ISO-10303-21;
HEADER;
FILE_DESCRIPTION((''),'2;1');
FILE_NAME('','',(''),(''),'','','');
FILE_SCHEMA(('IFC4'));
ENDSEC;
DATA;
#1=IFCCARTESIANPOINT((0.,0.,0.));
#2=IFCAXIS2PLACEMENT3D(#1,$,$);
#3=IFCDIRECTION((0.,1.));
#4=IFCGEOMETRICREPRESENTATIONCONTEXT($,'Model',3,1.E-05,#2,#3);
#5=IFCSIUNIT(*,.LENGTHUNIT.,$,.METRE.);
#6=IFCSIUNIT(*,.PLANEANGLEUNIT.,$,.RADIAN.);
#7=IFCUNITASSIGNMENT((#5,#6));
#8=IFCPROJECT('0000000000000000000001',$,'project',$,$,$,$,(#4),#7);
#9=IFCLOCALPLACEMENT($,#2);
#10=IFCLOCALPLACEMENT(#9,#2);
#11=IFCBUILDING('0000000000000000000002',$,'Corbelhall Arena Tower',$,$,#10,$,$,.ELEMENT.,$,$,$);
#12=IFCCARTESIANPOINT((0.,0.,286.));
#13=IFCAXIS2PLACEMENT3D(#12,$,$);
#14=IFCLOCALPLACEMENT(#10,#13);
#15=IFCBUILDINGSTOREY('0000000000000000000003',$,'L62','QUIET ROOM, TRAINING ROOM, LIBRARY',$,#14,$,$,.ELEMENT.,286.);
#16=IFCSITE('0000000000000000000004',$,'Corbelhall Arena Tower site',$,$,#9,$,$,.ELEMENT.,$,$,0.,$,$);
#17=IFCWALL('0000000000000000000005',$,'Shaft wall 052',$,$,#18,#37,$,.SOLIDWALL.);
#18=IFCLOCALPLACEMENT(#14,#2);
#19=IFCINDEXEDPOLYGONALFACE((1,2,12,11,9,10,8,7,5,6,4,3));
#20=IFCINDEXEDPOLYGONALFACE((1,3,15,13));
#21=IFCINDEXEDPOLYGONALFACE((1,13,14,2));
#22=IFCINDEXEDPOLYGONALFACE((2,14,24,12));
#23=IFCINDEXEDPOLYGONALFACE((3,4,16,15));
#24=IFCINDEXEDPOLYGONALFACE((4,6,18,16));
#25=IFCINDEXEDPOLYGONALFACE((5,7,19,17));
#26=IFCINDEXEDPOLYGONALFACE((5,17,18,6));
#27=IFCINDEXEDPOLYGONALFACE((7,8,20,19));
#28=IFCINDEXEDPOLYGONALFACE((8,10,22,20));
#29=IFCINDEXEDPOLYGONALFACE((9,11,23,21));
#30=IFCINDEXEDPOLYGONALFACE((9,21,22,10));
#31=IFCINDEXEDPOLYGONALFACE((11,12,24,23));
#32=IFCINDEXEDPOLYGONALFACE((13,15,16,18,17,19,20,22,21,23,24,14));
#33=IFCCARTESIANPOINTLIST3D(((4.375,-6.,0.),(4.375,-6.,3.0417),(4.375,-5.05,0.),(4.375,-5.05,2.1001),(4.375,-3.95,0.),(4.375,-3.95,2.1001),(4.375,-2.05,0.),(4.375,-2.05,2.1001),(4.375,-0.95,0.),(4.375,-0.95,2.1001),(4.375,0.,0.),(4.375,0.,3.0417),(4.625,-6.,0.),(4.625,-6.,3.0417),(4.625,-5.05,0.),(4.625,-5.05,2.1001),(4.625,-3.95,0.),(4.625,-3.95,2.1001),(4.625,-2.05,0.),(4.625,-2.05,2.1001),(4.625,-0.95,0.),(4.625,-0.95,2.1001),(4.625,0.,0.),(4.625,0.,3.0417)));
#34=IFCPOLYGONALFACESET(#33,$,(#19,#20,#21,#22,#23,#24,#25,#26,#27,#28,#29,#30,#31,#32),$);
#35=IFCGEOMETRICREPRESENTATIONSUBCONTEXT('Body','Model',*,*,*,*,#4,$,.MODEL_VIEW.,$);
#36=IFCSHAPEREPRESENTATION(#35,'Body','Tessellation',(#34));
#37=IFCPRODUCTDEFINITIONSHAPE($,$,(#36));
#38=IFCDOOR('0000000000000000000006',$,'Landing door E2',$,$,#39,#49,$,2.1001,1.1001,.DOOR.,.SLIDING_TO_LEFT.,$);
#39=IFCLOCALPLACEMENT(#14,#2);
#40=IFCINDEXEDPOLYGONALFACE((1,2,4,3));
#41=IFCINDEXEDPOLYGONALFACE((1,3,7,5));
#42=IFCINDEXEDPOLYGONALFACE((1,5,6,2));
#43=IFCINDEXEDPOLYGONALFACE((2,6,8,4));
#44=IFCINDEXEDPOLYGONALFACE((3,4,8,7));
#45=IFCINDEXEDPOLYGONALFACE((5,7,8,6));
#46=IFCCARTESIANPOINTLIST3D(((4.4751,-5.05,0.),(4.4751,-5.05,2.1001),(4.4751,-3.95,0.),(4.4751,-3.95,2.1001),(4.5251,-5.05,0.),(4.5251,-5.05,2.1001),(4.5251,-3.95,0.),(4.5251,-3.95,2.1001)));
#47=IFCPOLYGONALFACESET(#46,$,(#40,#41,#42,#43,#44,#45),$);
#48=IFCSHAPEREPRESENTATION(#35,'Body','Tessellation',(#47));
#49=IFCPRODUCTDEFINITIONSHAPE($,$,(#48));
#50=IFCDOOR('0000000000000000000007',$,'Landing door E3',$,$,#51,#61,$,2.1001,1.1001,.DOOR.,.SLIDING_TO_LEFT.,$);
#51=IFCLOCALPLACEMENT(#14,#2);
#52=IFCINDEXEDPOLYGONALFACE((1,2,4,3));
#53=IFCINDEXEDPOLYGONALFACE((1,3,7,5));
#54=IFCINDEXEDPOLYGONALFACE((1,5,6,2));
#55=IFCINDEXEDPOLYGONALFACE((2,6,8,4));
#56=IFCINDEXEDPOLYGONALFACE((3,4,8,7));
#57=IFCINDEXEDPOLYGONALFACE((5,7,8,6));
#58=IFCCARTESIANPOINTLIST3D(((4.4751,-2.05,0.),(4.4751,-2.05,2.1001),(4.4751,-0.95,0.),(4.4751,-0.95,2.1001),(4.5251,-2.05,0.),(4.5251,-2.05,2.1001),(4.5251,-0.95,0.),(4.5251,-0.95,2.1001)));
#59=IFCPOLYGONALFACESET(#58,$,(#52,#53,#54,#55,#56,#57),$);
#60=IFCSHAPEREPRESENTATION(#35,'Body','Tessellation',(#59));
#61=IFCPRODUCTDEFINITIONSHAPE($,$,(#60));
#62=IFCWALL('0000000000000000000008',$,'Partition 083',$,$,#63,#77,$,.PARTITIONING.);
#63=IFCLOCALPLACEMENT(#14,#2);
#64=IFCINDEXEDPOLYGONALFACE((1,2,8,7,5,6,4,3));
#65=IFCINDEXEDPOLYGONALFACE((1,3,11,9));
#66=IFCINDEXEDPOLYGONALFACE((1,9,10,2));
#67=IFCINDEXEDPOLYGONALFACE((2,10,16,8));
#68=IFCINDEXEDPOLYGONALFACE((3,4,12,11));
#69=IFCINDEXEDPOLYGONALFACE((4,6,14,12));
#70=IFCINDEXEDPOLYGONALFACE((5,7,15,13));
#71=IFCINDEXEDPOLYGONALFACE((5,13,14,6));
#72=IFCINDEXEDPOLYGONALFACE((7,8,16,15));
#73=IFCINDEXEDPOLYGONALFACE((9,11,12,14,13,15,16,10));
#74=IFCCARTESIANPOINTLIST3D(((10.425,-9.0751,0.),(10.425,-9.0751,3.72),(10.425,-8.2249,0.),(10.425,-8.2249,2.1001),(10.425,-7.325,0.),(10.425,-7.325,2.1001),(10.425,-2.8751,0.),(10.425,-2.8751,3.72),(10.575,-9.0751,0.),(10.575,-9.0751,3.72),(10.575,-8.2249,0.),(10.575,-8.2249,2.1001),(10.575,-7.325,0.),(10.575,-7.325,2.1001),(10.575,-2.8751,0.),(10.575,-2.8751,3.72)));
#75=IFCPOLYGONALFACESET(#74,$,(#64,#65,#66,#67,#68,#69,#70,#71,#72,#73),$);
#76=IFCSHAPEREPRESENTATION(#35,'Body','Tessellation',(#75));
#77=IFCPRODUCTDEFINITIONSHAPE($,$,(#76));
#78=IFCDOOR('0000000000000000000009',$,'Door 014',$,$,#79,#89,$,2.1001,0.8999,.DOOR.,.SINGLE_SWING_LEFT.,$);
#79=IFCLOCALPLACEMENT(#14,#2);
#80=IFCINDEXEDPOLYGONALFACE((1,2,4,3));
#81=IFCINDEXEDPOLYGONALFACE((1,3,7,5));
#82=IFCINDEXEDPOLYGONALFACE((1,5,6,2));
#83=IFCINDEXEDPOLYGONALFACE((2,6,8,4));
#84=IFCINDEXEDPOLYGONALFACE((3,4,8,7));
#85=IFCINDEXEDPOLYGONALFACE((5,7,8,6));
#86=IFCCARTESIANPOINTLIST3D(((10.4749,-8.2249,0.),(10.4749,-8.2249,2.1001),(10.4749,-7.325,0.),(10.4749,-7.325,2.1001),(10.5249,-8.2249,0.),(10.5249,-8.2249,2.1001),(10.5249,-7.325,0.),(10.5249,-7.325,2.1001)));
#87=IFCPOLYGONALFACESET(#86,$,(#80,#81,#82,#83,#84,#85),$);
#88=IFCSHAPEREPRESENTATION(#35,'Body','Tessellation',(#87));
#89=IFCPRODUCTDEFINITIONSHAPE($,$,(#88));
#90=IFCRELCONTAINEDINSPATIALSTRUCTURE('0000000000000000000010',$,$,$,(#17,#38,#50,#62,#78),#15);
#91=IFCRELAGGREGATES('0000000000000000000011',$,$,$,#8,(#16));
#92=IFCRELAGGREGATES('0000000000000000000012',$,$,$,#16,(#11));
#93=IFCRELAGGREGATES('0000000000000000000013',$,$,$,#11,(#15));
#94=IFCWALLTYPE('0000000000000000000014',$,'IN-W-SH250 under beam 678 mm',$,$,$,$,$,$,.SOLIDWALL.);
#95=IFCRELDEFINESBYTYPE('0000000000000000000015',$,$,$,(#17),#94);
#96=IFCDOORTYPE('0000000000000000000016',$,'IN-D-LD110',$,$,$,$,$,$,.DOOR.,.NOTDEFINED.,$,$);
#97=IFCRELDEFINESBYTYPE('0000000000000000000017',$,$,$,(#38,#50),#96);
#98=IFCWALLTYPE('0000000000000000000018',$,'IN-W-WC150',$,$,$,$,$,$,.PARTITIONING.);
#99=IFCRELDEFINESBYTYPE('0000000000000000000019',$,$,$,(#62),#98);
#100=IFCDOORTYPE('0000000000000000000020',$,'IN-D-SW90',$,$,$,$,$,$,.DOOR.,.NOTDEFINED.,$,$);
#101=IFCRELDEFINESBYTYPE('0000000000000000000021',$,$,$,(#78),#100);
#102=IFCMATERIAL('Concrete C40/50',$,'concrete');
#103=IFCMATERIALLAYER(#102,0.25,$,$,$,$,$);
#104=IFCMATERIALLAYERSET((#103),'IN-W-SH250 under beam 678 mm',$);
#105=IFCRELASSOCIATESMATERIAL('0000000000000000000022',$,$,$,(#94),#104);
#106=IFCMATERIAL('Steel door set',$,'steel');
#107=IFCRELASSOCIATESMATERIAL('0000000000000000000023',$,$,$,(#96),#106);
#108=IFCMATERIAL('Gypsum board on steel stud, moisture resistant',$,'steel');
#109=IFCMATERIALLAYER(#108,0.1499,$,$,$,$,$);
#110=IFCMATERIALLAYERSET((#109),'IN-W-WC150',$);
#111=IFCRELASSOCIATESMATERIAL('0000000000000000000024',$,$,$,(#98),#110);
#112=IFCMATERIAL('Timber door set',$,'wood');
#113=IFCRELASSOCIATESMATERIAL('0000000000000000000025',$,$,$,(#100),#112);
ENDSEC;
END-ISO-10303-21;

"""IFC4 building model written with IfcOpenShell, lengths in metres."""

from ifc_helpers import new_model, si_unit, direction, frame, frame_2d, origin, place, context, subcontext, project, spatial, rectangle, extrude, material, layer, layer_set, type_object, element, fill, save


model = new_model("IFC4")

# Units and contexts
model_context = context("Model", 3, precision=1e-05, world=origin(), true_north=direction((0.0, 1.0)))
body_context = subcontext(model_context, "Body", "Model", "MODEL_VIEW")
ifc_project = project(units=[si_unit("LENGTHUNIT", "METRE"), si_unit("PLANEANGLEUNIT", "RADIAN")], contexts=[model_context])

# Site, building, storey
site_placement = place(None, origin())
site = spatial("IfcSite", under=ifc_project, at=site_placement, Name="Corbelhall Arena Tower site", CompositionType="ELEMENT", RefElevation=0.0)
building_placement = place(site_placement, origin())
building = spatial("IfcBuilding", under=site, at=building_placement, Name="Corbelhall Arena Tower", CompositionType="ELEMENT")
storey_placement = place(building_placement, frame((0.0, 0.0, 286.0)))
storey = spatial("IfcBuildingStorey", under=building, at=storey_placement, Name="L62", Description="QUIET ROOM, TRAINING ROOM, LIBRARY", CompositionType="ELEMENT", Elevation=286.0)

# Shared definitions
ifc_material_1 = material(Name="Concrete C40/50", Category="concrete")

# Shared definitions
ifc_material_2 = material(Name="Steel door set", Category="steel")

# Wall, openings, doors
ifc_layer_1 = layer(ifc_material_1, 0.25)
ifc_layer_set_1 = layer_set([ifc_layer_1], Name="IN-W-SH250 under beam 678 mm")
wall_type_1 = type_object("IfcWallType", Name="IN-W-SH250 under beam 678 mm", PredefinedType="SOLIDWALL", material=ifc_layer_set_1)
wall_1_placement = place(storey_placement, frame((4.5, -6.0, 0.0), z_axis=(0.0, 0.0, 1.0), x_axis=(0.0, 1.0, 0.0)))
wall_1 = element("IfcWall", 1, at=wall_1_placement, inside=storey, type_object=wall_type_1, Name="Shaft wall 052", PredefinedType="SOLIDWALL", context=body_context, shape_type="SweptSolid", body=[
    extrude(rectangle(XDim=6.0, YDim=0.25, at=frame_2d((3.0, 0.0))), origin(), (0.0, 0.0, 1.0), 3.0417),
])
opening_1_placement = place(wall_1_placement, frame((0.95, 0.0, 0.0)))
opening_1 = element("IfcOpeningElement", 2, at=opening_1_placement, cuts=wall_1, PredefinedType="OPENING", context=body_context, shape_type="SweptSolid", body=[
    extrude(rectangle(XDim=1.1001, YDim=2.1001, at=frame_2d((0.55, 1.05))), frame((0.0, 0.125, 0.0), z_axis=(0.0, -1.0, 0.0), x_axis=(1.0, 0.0, 0.0)), (0.0, 0.0, 1.0), 0.25),
])
opening_2_placement = place(wall_1_placement, frame((3.95, 0.0, 0.0)))
opening_2 = element("IfcOpeningElement", 3, at=opening_2_placement, cuts=wall_1, PredefinedType="OPENING", context=body_context, shape_type="SweptSolid", body=[
    extrude(rectangle(XDim=1.1001, YDim=2.1001, at=frame_2d((0.55, 1.05))), frame((0.0, 0.125, 0.0), z_axis=(0.0, -1.0, 0.0), x_axis=(1.0, 0.0, 0.0)), (0.0, 0.0, 1.0), 0.25),
])
door_type_1 = type_object("IfcDoorType", Name="IN-D-LD110", OperationType="NOTDEFINED", PredefinedType="DOOR", material=ifc_material_2)
door_1_placement = place(opening_1_placement, origin())
door_1 = element("IfcDoor", 4, at=door_1_placement, inside=storey, type_object=door_type_1, Name="Landing door E2", OperationType="SLIDING_TO_LEFT", OverallHeight=2.1001, OverallWidth=1.1001, PredefinedType="DOOR", context=body_context, shape_type="SweptSolid", body=[
    extrude(rectangle(XDim=1.1001, YDim=2.1001, at=frame_2d((0.55, 1.05))), frame((0.0, 0.0249, 0.0), z_axis=(0.0, -1.0, 0.0), x_axis=(1.0, 0.0, 0.0)), (0.0, 0.0, 1.0), 0.05),
])
fill(opening_1, door_1)
door_2_placement = place(opening_2_placement, origin())
door_2 = element("IfcDoor", 5, at=door_2_placement, inside=storey, type_object=door_type_1, Name="Landing door E3", OperationType="SLIDING_TO_LEFT", OverallHeight=2.1001, OverallWidth=1.1001, PredefinedType="DOOR", context=body_context, shape_type="SweptSolid", body=[
    extrude(rectangle(XDim=1.1001, YDim=2.1001, at=frame_2d((0.55, 1.05))), frame((0.0, 0.0249, 0.0), z_axis=(0.0, -1.0, 0.0), x_axis=(1.0, 0.0, 0.0)), (0.0, 0.0, 1.0), 0.05),
])
fill(opening_2, door_2)

# Wall, opening, door
ifc_material_3 = material(Name="Gypsum board on steel stud, moisture resistant", Category="steel")
ifc_layer_2 = layer(ifc_material_3, 0.1499)
ifc_layer_set_2 = layer_set([ifc_layer_2], Name="IN-W-WC150")
wall_type_2 = type_object("IfcWallType", Name="IN-W-WC150", PredefinedType="PARTITIONING", material=ifc_layer_set_2)
wall_2_placement = place(storey_placement, frame((10.5, -2.875, 0.0), z_axis=(0.0, 0.0, 1.0), x_axis=(0.0, -1.0, 0.0)))
wall_2 = element("IfcWall", 6, at=wall_2_placement, inside=storey, type_object=wall_type_2, Name="Partition 083", PredefinedType="PARTITIONING", context=body_context, shape_type="SweptSolid", body=[
    extrude(rectangle(XDim=6.2, YDim=0.1499, at=frame_2d((3.1001, 0.0))), origin(), (0.0, 0.0, 1.0), 3.72),
])
opening_3_placement = place(wall_2_placement, frame((4.45, 0.0, 0.0)))
opening_3 = element("IfcOpeningElement", 7, at=opening_3_placement, cuts=wall_2, PredefinedType="OPENING", context=body_context, shape_type="SweptSolid", body=[
    extrude(rectangle(XDim=0.8999, YDim=2.1001, at=frame_2d((0.45, 1.05))), frame((0.0, 0.075, 0.0), z_axis=(0.0, -1.0, 0.0), x_axis=(1.0, 0.0, 0.0)), (0.0, 0.0, 1.0), 0.1499),
])
ifc_material_4 = material(Name="Timber door set", Category="wood")
door_type_2 = type_object("IfcDoorType", Name="IN-D-SW90", OperationType="NOTDEFINED", PredefinedType="DOOR", material=ifc_material_4)
door_3_placement = place(opening_3_placement, origin())
door_3 = element("IfcDoor", 8, at=door_3_placement, inside=storey, type_object=door_type_2, Name="Door 014", OperationType="SINGLE_SWING_LEFT", OverallHeight=2.1001, OverallWidth=0.8999, PredefinedType="DOOR", context=body_context, shape_type="SweptSolid", body=[
    extrude(rectangle(XDim=0.8999, YDim=2.1001, at=frame_2d((0.45, 1.05))), frame((0.0, 0.0249, 0.0), z_axis=(0.0, -1.0, 0.0), x_axis=(1.0, 0.0, 0.0)), (0.0, 0.0, 1.0), 0.05),
])
fill(opening_3, door_3)

save(model, "model.ifc")
